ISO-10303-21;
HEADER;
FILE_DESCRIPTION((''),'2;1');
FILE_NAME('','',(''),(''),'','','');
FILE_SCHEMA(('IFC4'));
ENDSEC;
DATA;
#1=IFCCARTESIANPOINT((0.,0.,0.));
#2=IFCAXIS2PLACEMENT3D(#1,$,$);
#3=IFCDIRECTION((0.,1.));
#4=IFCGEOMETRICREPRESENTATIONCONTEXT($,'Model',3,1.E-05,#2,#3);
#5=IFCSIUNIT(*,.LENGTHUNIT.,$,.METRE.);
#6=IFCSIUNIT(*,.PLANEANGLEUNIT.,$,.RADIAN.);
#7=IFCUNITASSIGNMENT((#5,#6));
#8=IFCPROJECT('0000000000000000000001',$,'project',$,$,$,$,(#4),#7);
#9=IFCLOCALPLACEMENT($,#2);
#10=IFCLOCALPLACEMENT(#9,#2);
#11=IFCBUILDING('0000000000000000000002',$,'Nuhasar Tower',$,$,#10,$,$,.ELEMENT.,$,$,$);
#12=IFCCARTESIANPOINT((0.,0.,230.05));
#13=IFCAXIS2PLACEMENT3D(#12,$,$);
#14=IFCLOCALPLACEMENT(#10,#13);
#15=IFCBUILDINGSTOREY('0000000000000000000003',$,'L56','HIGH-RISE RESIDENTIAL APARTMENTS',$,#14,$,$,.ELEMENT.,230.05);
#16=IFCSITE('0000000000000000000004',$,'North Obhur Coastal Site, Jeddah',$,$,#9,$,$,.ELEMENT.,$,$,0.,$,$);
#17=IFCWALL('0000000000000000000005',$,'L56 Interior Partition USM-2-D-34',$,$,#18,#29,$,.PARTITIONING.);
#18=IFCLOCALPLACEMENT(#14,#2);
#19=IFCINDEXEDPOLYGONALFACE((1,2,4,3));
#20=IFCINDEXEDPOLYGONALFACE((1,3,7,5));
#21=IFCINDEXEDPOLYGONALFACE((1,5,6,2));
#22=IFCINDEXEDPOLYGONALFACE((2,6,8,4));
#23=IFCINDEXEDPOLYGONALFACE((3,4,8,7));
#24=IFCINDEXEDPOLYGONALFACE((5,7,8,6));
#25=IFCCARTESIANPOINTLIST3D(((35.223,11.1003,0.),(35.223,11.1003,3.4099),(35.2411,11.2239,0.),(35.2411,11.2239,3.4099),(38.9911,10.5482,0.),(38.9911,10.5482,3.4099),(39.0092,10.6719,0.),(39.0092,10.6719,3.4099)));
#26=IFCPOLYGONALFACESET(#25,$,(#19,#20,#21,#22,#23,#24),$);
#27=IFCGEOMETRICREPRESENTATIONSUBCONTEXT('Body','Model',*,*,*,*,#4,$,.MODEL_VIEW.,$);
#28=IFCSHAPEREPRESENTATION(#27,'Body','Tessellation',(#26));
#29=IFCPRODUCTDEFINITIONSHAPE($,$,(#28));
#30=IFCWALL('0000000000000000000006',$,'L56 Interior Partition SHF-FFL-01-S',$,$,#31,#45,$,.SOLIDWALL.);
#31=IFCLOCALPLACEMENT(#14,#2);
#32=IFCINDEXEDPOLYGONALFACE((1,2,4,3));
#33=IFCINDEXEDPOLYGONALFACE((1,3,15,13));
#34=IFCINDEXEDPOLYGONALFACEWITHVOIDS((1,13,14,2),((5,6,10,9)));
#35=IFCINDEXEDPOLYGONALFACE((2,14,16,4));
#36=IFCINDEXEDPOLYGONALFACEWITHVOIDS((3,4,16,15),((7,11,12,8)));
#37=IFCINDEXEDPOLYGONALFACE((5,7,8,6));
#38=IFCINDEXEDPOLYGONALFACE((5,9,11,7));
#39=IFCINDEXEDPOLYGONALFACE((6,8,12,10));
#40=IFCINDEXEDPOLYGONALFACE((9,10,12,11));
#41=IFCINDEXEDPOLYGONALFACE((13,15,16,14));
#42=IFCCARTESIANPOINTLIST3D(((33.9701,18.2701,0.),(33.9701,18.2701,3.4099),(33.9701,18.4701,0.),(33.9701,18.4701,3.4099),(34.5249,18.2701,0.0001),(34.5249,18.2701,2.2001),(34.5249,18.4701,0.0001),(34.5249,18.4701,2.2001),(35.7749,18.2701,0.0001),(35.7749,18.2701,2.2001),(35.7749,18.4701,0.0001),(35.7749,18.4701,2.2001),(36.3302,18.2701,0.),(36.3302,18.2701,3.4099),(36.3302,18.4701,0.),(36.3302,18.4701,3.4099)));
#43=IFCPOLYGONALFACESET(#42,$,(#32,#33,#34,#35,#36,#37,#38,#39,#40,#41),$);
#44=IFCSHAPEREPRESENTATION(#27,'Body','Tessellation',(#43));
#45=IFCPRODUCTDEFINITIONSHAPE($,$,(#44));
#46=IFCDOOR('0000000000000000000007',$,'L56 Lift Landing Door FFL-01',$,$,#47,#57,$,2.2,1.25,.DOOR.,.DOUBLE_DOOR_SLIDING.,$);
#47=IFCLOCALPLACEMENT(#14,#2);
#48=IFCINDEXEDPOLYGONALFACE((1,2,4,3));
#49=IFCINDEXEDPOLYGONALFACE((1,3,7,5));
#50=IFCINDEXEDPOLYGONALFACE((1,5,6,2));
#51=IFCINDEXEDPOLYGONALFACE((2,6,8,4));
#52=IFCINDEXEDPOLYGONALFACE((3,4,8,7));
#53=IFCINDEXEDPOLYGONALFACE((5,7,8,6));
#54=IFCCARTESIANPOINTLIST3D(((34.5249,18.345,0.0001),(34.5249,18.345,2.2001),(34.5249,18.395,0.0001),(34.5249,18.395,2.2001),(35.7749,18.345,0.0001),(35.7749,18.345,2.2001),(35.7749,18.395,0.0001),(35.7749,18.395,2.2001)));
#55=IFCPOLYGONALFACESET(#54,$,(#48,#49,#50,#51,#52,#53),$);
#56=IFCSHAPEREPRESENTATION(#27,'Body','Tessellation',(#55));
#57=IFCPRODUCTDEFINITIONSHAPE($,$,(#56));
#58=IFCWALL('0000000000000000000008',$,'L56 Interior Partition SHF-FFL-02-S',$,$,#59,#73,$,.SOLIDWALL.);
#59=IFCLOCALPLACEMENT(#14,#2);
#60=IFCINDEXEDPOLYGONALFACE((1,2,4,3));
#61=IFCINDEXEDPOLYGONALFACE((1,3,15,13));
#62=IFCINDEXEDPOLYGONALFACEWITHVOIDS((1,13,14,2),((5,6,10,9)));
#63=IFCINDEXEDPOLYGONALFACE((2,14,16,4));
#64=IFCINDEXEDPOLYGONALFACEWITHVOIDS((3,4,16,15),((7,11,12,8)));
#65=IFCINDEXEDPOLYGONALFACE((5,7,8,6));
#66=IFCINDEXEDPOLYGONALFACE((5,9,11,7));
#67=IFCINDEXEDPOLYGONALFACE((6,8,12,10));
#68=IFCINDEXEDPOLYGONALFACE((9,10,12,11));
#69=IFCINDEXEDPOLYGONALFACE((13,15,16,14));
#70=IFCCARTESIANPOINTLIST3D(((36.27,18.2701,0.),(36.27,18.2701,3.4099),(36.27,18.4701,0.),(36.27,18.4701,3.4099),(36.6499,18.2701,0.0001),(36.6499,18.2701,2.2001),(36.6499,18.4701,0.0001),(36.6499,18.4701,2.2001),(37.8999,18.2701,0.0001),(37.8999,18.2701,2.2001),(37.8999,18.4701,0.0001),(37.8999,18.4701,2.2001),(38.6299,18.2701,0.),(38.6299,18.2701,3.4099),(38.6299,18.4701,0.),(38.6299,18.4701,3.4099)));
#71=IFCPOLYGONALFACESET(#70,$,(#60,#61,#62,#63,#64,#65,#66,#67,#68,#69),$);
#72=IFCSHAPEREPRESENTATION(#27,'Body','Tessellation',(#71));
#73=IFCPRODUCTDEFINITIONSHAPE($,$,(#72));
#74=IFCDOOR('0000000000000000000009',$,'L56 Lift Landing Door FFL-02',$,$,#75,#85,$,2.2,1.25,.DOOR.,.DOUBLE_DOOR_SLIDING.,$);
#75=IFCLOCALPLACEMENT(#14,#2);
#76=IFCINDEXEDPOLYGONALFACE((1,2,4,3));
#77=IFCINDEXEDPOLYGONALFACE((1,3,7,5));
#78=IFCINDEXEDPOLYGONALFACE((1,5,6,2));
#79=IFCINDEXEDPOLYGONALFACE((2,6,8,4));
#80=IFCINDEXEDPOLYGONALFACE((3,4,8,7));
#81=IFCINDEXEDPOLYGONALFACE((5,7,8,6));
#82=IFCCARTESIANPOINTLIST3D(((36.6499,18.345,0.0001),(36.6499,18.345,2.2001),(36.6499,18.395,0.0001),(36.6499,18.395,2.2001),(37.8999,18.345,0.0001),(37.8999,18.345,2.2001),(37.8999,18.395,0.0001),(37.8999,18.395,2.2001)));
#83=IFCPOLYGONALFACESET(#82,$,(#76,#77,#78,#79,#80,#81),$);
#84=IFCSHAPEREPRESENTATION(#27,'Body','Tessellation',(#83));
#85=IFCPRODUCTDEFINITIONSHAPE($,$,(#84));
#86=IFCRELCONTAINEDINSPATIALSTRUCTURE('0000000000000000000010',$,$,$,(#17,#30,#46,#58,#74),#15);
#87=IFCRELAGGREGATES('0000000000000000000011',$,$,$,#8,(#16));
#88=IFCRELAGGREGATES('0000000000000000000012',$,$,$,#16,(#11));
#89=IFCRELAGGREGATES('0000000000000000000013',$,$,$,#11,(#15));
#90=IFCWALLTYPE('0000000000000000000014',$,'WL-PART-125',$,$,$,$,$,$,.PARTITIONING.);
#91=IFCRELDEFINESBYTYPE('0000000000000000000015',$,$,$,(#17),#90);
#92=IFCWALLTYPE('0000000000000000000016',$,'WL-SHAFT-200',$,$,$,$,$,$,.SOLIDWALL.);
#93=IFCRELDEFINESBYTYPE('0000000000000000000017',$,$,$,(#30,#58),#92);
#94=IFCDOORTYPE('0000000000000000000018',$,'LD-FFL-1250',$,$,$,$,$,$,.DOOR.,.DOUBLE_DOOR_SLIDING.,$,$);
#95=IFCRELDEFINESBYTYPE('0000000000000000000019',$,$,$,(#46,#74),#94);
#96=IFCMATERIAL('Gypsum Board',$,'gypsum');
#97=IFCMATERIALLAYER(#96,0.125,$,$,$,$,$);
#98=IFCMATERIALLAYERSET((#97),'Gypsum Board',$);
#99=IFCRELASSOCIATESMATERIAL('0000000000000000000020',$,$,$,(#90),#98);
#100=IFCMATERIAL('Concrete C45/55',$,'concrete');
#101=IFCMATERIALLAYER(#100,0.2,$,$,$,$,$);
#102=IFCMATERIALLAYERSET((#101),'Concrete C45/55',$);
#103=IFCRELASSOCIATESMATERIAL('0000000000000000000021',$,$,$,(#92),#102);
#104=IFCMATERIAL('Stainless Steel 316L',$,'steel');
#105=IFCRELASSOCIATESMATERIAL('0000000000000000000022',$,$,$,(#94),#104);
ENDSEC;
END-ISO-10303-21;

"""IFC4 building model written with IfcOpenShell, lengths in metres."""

from ifc_helpers import new_model, si_unit, direction, frame, frame_2d, origin, place, context, subcontext, project, spatial, rectangle, extrude, material, layer, layer_set, type_object, element, fill, save


model = new_model("IFC4")

# Units and contexts
model_context = context("Model", 3, precision=1e-05, world=origin(), true_north=direction((0.0, 1.0)))
body_context = subcontext(model_context, "Body", "Model", "MODEL_VIEW")
ifc_project = project(units=[si_unit("LENGTHUNIT", "METRE"), si_unit("PLANEANGLEUNIT", "RADIAN")], contexts=[model_context])

# Site, building, storey
site_placement = place(None, origin())
site = spatial("IfcSite", under=ifc_project, at=site_placement, Name="North Obhur Coastal Site, Jeddah", CompositionType="ELEMENT", RefElevation=0.0)
building_placement = place(site_placement, origin())
building = spatial("IfcBuilding", under=site, at=building_placement, Name="Nuhasar Tower", CompositionType="ELEMENT")
storey_placement = place(building_placement, frame((0.0, 0.0, 230.05)))
storey = spatial("IfcBuildingStorey", under=building, at=storey_placement, Name="L56", Description="HIGH-RISE RESIDENTIAL APARTMENTS", CompositionType="ELEMENT", Elevation=230.05)

# Shared definitions
ifc_material_1 = material(Name="Gypsum Board", Category="gypsum")
ifc_material_2 = material(Name="Concrete C45/55", Category="concrete")

# Shared definitions
ifc_layer_1 = layer(ifc_material_1, 0.125)
ifc_layer_set_1 = layer_set([ifc_layer_1], Name="Gypsum Board")
wall_type_1 = type_object("IfcWallType", Name="WL-PART-125", PredefinedType="PARTITIONING", material=ifc_layer_set_1)

# Wall
wall_1_placement = place(storey_placement, frame((35.2319, 11.1621, 0.0), z_axis=(0.0, 0.0, 1.0), x_axis=(0.989439, -0.144948, 0.0)))
element("IfcWall", 1, at=wall_1_placement, inside=storey, type_object=wall_type_1, Name="L56 Interior Partition USM-2-D-34", PredefinedType="PARTITIONING", context=body_context, shape_type="SweptSolid", body=[
    extrude(rectangle(XDim=3.8083, YDim=0.125, at=frame_2d((1.9043, 0.0))), origin(), (0.0, 0.0, 1.0), 3.4099),
])

# Walls, openings, doors
ifc_layer_2 = layer(ifc_material_2, 0.2)
ifc_layer_set_2 = layer_set([ifc_layer_2], Name="Concrete C45/55")
wall_type_2 = type_object("IfcWallType", Name="WL-SHAFT-200", PredefinedType="SOLIDWALL", material=ifc_layer_set_2)
wall_2_placement = place(storey_placement, frame((33.97, 18.3701, 0.0), z_axis=(0.0, 0.0, 1.0), x_axis=(1.0, 0.0, 0.0)))
wall_2 = element("IfcWall", 2, at=wall_2_placement, inside=storey, type_object=wall_type_2, Name="L56 Interior Partition SHF-FFL-01-S", PredefinedType="SOLIDWALL", context=body_context, shape_type="SweptSolid", body=[
    extrude(rectangle(XDim=2.3601, YDim=0.2, at=frame_2d((1.1802, 0.0))), origin(), (0.0, 0.0, 1.0), 3.4099),
])
opening_1_placement = place(wall_2_placement, frame((0.5549, 0.0, 0.0)))
opening_1 = element("IfcOpeningElement", 3, at=opening_1_placement, cuts=wall_2, PredefinedType="OPENING", context=body_context, shape_type="SweptSolid", body=[
    extrude(rectangle(XDim=1.25, YDim=2.2, at=frame_2d((0.625, 1.1001))), frame((0.0, 0.1099, 0.0), z_axis=(0.0, -1.0, 0.0), x_axis=(1.0, 0.0, 0.0)), (0.0, 0.0, 1.0), 0.22),
])
ifc_material_3 = material(Name="Stainless Steel 316L", Category="steel")
door_type_1 = type_object("IfcDoorType", Name="LD-FFL-1250", OperationType="DOUBLE_DOOR_SLIDING", PredefinedType="DOOR", material=ifc_material_3)
door_1_placement = place(opening_1_placement, origin())
door_1 = element("IfcDoor", 4, at=door_1_placement, inside=storey, type_object=door_type_1, Name="L56 Lift Landing Door FFL-01", OperationType="DOUBLE_DOOR_SLIDING", OverallHeight=2.2, OverallWidth=1.25, PredefinedType="DOOR", context=body_context, shape_type="SweptSolid", body=[
    extrude(rectangle(XDim=1.25, YDim=2.2, at=frame_2d((0.625, 1.1001))), frame((0.0, 0.0249, 0.0), z_axis=(0.0, -1.0, 0.0), x_axis=(1.0, 0.0, 0.0)), (0.0, 0.0, 1.0), 0.05),
])
fill(opening_1, door_1)
wall_3_placement = place(storey_placement, frame((36.27, 18.3701, 0.0), z_axis=(0.0, 0.0, 1.0), x_axis=(1.0, 0.0, 0.0)))
wall_3 = element("IfcWall", 5, at=wall_3_placement, inside=storey, type_object=wall_type_2, Name="L56 Interior Partition SHF-FFL-02-S", PredefinedType="SOLIDWALL", context=body_context, shape_type="SweptSolid", body=[
    extrude(rectangle(XDim=2.3599, YDim=0.2, at=frame_2d((1.1799, 0.0))), origin(), (0.0, 0.0, 1.0), 3.4099),
])
opening_2_placement = place(wall_3_placement, frame((0.3799, 0.0, 0.0)))
opening_2 = element("IfcOpeningElement", 6, at=opening_2_placement, cuts=wall_3, PredefinedType="OPENING", context=body_context, shape_type="SweptSolid", body=[
    extrude(rectangle(XDim=1.25, YDim=2.2, at=frame_2d((0.625, 1.1001))), frame((0.0, 0.1099, 0.0), z_axis=(0.0, -1.0, 0.0), x_axis=(1.0, 0.0, 0.0)), (0.0, 0.0, 1.0), 0.22),
])
door_2_placement = place(opening_2_placement, origin())
door_2 = element("IfcDoor", 7, at=door_2_placement, inside=storey, type_object=door_type_1, Name="L56 Lift Landing Door FFL-02", OperationType="DOUBLE_DOOR_SLIDING", OverallHeight=2.2, OverallWidth=1.25, PredefinedType="DOOR", context=body_context, shape_type="SweptSolid", body=[
    extrude(rectangle(XDim=1.25, YDim=2.2, at=frame_2d((0.625, 1.1001))), frame((0.0, 0.0249, 0.0), z_axis=(0.0, -1.0, 0.0), x_axis=(1.0, 0.0, 0.0)), (0.0, 0.0, 1.0), 0.05),
])
fill(opening_2, door_2)

save(model, "model.ifc")
